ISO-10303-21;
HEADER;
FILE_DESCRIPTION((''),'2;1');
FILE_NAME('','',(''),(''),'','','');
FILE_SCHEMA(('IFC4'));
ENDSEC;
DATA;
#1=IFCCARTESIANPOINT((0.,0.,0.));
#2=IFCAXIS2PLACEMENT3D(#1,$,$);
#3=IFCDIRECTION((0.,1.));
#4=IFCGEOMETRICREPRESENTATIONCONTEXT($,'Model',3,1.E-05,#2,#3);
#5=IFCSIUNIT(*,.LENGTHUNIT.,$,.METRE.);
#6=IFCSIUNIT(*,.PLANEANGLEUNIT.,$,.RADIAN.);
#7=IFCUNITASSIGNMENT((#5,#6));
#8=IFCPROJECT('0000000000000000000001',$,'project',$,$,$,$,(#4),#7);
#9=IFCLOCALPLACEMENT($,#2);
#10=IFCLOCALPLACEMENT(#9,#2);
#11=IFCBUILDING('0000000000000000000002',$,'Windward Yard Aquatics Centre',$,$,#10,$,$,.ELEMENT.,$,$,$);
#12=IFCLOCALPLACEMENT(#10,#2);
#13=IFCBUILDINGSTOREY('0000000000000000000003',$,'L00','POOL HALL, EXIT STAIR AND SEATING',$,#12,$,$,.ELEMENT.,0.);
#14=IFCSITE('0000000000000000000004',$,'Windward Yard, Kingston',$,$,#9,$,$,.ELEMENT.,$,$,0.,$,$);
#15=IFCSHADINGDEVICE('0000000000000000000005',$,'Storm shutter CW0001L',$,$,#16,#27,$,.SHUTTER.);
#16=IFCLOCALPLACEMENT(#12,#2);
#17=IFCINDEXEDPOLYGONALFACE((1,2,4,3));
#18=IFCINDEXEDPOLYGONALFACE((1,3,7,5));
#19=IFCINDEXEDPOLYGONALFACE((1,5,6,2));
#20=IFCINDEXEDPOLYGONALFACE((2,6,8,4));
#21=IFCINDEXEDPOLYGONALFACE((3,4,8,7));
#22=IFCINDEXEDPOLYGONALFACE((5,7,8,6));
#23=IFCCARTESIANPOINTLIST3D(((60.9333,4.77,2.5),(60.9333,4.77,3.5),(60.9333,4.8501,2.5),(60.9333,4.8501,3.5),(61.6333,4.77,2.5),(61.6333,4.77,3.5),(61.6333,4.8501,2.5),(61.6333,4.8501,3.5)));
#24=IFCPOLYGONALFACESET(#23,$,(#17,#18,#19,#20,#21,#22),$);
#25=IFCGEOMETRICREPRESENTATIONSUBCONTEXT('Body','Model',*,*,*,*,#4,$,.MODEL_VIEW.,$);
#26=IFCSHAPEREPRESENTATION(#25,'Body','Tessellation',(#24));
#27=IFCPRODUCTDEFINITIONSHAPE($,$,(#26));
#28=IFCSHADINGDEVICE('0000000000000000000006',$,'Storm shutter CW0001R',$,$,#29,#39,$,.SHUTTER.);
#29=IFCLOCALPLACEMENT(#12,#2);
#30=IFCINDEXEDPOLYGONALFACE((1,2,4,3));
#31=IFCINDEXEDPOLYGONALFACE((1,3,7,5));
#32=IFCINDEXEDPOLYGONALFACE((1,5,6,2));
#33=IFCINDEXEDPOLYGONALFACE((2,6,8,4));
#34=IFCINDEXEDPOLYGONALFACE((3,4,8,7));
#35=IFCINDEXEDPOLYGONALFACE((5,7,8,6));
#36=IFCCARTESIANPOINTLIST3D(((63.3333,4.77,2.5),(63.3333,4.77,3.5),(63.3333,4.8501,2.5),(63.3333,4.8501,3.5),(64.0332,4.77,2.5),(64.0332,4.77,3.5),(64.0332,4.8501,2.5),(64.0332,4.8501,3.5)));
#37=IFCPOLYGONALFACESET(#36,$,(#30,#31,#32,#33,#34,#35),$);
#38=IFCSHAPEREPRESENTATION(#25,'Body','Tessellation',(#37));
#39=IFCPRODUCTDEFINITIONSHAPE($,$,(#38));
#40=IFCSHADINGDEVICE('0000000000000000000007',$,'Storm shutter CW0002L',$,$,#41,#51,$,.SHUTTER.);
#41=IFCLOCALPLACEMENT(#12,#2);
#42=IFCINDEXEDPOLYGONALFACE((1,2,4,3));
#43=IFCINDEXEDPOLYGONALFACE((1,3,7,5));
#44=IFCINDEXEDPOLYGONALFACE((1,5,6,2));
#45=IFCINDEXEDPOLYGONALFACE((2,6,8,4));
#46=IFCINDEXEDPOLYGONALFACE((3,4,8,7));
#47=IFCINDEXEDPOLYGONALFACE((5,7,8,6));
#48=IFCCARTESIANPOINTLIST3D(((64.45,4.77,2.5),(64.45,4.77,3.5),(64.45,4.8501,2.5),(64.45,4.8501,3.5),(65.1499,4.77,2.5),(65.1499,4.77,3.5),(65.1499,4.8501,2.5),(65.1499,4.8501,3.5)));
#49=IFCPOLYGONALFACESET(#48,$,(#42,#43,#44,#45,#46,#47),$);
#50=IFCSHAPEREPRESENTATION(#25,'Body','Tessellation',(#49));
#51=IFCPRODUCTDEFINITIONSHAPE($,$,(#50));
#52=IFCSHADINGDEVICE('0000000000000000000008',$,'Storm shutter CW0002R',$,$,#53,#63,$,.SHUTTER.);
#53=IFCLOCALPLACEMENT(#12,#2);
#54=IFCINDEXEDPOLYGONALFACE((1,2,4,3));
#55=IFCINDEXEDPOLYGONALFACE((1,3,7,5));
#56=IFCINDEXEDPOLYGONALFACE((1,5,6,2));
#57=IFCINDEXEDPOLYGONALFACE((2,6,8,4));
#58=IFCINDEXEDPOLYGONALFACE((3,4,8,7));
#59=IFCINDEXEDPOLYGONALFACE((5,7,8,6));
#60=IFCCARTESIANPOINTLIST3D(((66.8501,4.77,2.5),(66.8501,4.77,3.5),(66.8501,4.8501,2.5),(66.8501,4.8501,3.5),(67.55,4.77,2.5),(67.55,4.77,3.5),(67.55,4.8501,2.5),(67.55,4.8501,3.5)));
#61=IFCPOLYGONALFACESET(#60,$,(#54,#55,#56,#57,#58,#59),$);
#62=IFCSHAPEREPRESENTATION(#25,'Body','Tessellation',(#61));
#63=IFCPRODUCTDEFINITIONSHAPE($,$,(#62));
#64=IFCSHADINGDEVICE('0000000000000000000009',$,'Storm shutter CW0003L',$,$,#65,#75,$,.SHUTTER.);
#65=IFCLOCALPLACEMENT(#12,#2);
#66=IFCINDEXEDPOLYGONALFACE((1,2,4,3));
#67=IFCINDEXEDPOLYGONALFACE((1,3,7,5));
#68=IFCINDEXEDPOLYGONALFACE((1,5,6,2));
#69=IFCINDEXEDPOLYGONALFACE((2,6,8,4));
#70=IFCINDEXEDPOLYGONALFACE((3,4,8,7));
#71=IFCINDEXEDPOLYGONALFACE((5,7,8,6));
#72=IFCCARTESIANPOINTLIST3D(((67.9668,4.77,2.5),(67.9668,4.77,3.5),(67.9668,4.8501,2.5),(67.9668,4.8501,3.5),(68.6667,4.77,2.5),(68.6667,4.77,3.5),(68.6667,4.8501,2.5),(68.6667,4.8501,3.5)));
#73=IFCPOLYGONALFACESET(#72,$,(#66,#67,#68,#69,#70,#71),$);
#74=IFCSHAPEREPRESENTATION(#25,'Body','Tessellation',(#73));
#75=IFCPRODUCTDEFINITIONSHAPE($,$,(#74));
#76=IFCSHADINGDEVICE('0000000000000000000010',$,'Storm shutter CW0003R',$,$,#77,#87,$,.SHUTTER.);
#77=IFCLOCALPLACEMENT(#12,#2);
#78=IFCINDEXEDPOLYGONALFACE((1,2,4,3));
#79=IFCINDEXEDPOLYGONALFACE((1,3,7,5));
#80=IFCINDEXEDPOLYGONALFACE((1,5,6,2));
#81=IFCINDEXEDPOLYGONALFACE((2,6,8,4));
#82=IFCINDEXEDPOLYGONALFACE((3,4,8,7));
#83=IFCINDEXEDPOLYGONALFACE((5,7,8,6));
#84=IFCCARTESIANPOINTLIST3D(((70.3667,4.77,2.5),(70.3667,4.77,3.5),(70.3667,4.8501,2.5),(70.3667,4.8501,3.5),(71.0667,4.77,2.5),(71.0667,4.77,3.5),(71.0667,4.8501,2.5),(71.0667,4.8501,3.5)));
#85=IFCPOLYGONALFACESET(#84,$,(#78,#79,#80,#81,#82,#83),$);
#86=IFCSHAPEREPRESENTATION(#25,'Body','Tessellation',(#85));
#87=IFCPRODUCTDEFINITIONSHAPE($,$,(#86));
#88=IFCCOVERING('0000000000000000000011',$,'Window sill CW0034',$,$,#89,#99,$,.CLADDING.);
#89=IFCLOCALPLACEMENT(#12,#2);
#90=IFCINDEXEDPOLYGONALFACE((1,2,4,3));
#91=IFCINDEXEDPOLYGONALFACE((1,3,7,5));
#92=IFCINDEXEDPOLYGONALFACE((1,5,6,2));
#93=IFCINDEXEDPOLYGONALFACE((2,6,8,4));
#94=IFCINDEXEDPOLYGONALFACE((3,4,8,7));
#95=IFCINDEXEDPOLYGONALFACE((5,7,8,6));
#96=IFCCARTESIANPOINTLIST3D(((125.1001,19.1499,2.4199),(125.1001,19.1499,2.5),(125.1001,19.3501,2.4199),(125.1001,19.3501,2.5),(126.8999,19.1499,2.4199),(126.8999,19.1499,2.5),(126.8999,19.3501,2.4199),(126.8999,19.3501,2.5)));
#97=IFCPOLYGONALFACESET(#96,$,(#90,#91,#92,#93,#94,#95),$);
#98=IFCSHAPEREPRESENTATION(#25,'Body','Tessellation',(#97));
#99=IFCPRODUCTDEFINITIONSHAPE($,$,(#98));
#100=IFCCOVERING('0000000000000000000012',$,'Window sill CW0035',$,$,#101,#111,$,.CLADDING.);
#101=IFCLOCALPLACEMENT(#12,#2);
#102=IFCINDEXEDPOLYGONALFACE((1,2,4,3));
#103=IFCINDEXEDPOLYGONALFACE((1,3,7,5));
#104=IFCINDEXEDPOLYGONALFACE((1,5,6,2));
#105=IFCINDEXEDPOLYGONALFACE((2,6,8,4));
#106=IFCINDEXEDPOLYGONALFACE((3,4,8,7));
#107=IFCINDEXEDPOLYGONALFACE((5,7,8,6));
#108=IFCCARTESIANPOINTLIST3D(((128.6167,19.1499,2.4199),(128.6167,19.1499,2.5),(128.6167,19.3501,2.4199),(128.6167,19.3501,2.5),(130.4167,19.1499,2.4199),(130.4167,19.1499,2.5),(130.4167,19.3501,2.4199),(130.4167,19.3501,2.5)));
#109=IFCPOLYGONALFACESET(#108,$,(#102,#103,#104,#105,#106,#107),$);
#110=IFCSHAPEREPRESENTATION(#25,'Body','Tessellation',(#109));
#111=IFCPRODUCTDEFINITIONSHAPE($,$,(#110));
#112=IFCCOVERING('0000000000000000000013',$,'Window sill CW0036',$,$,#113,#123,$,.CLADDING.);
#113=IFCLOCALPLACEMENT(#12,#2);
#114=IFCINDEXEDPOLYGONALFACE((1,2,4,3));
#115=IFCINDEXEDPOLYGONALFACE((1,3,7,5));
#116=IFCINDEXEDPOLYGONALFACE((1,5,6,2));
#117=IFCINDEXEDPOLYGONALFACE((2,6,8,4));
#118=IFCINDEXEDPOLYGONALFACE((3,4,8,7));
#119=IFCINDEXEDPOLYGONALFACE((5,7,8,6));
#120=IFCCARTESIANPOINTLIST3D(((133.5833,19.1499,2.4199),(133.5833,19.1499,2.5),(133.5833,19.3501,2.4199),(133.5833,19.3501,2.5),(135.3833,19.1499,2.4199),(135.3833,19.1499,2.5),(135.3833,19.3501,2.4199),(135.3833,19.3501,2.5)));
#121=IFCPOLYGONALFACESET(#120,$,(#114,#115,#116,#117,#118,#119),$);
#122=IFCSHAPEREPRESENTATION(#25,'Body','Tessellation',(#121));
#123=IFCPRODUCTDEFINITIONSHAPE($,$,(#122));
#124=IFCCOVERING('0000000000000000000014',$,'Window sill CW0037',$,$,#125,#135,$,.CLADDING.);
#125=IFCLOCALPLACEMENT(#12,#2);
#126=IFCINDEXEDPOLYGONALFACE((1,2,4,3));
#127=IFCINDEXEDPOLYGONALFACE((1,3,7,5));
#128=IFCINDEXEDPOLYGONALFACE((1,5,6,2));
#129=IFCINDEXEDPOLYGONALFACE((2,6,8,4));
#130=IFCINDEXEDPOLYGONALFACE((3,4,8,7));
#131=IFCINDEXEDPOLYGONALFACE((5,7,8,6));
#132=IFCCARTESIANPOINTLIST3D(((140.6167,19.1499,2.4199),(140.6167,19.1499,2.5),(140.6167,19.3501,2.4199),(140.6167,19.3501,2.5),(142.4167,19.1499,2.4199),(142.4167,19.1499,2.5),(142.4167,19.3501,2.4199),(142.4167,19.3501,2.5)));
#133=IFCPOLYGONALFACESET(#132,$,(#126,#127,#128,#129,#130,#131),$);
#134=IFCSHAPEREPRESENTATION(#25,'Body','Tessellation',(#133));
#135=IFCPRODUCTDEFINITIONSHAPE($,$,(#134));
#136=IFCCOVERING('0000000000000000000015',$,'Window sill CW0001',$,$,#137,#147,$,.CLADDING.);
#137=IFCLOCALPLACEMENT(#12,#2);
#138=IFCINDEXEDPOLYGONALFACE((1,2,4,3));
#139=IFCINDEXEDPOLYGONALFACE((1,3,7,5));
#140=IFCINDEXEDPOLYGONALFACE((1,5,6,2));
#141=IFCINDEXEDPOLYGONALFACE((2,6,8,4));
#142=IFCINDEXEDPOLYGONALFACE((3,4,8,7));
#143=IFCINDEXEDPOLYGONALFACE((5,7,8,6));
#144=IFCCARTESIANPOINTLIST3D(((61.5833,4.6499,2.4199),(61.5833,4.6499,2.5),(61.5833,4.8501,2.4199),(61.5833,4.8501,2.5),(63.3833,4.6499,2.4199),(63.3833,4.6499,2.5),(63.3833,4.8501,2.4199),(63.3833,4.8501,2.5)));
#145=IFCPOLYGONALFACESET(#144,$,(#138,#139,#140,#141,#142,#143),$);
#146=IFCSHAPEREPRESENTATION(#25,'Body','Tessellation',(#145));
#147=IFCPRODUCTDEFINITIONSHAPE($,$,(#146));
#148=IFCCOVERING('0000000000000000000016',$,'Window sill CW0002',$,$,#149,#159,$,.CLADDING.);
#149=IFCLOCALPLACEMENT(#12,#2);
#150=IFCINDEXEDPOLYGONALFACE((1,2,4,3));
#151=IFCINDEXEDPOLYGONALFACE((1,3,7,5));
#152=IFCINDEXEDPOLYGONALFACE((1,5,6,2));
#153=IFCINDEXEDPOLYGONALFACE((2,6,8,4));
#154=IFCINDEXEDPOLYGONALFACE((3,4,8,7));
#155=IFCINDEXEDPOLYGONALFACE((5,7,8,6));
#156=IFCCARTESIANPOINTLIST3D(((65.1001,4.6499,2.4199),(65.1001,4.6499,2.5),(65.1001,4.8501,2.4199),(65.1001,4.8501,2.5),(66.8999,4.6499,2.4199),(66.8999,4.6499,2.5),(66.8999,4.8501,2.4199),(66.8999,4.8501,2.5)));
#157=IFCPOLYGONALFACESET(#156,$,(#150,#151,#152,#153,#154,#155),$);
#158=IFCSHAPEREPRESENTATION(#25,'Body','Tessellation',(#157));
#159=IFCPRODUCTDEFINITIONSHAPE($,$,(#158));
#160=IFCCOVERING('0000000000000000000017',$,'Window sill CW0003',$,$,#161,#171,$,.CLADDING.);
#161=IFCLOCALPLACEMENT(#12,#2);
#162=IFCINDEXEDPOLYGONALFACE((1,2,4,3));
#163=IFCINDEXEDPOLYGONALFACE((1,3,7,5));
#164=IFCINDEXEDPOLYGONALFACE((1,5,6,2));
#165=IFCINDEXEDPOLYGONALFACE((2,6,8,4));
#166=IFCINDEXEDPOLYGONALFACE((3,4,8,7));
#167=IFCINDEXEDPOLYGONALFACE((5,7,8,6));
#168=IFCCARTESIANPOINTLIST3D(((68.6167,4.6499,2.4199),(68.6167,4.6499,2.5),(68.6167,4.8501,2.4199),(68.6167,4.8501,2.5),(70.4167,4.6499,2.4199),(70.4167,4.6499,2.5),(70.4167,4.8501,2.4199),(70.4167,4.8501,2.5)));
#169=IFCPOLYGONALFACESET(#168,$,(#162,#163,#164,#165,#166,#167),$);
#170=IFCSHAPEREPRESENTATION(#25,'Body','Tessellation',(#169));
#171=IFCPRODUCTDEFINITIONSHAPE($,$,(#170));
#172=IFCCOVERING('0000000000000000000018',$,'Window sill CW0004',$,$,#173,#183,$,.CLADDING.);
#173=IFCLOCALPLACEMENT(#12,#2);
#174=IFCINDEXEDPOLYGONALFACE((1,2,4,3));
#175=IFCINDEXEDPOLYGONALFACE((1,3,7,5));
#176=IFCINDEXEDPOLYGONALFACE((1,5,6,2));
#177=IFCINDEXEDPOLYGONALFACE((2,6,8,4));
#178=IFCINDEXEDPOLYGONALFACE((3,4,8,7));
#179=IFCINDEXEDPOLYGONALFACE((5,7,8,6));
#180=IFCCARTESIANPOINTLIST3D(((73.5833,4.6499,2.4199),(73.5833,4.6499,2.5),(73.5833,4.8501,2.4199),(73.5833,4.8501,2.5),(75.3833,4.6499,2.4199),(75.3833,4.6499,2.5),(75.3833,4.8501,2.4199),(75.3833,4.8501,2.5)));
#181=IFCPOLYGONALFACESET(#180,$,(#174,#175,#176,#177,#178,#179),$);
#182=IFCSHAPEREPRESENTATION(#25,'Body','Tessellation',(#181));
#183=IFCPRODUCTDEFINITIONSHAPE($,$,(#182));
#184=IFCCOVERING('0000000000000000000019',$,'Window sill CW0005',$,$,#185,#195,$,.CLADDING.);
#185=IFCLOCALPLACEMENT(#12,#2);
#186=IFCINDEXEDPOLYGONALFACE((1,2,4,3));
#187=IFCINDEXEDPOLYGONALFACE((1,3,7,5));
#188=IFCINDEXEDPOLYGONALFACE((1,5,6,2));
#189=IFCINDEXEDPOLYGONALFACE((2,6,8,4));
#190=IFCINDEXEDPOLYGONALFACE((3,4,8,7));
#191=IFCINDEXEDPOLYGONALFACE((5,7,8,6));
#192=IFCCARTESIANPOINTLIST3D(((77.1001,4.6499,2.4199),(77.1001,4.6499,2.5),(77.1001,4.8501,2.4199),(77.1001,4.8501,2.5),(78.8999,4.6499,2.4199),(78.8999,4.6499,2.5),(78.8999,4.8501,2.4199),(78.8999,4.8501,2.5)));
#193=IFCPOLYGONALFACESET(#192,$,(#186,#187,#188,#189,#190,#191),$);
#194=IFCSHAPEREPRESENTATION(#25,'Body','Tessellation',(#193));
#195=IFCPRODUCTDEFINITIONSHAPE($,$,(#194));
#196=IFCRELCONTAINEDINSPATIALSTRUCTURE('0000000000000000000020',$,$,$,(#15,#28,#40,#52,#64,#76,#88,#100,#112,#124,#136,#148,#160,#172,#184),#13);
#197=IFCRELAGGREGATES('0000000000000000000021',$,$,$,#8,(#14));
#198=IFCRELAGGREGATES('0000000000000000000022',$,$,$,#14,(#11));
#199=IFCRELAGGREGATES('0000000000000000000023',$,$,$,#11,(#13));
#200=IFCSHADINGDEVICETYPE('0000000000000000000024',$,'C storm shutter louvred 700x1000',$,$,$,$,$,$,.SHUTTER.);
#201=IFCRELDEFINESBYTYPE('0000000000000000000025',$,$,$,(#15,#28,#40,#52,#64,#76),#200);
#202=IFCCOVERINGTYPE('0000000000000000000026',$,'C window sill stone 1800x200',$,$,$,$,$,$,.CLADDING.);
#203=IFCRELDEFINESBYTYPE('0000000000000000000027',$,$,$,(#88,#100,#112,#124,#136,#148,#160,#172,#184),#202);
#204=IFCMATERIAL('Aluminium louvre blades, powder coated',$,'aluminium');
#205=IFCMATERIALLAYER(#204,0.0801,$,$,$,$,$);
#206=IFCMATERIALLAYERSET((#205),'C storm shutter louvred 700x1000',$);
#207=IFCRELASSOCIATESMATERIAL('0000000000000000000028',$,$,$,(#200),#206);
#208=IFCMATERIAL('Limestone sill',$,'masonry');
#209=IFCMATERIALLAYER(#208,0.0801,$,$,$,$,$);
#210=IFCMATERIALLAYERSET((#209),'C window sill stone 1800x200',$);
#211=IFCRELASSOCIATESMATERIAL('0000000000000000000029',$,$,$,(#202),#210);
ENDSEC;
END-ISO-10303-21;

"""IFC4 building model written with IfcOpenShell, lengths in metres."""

from ifc_helpers import new_model, si_unit, direction, frame, origin, place, context, subcontext, project, spatial, polyline, outline, extrude, material, layer, layer_set, type_object, element, save


model = new_model("IFC4")

# Units and contexts
model_context = context("Model", 3, precision=1e-05, world=origin(), true_north=direction((0.0, 1.0)))
body_context = subcontext(model_context, "Body", "Model", "MODEL_VIEW")
ifc_project = project(units=[si_unit("LENGTHUNIT", "METRE"), si_unit("PLANEANGLEUNIT", "RADIAN")], contexts=[model_context])

# Site, building, storey
site_placement = place(None, origin())
site = spatial("IfcSite", under=ifc_project, at=site_placement, Name="Windward Yard, Kingston", CompositionType="ELEMENT", RefElevation=0.0)
building_placement = place(site_placement, origin())
building = spatial("IfcBuilding", under=site, at=building_placement, Name="Windward Yard Aquatics Centre", CompositionType="ELEMENT")
storey_placement = place(building_placement, origin())
storey = spatial("IfcBuildingStorey", under=building, at=storey_placement, Name="L00", Description="POOL HALL, EXIT STAIR AND SEATING", CompositionType="ELEMENT", Elevation=0.0)

# Shading devices
ifc_material_1 = material(Name="Aluminium louvre blades, powder coated", Category="aluminium")
ifc_layer_1 = layer(ifc_material_1, 0.0801)
ifc_layer_set_1 = layer_set([ifc_layer_1], Name="C storm shutter louvred 700x1000")
shading_device_type = type_object("IfcShadingDeviceType", Name="C storm shutter louvred 700x1000", PredefinedType="SHUTTER", material=ifc_layer_set_1)
shading_device_1_placement = place(storey_placement, frame((0.0, 0.0, 2.5)))
element("IfcShadingDevice", 1, at=shading_device_1_placement, inside=storey, type_object=shading_device_type, Name="Storm shutter CW0001L", PredefinedType="SHUTTER", context=body_context, shape_type="SweptSolid", body=[
    extrude(outline(polyline([(60.9333, 4.77), (60.9333, 4.8501), (61.6333, 4.8501), (61.6333, 4.77), (60.9333, 4.77)])), origin(), (0.0, 0.0, 1.0), 1.0),
])
shading_device_2_placement = place(storey_placement, frame((0.0, 0.0, 2.5)))
element("IfcShadingDevice", 2, at=shading_device_2_placement, inside=storey, type_object=shading_device_type, Name="Storm shutter CW0001R", PredefinedType="SHUTTER", context=body_context, shape_type="SweptSolid", body=[
    extrude(outline(polyline([(63.3333, 4.77), (63.3333, 4.8501), (64.0332, 4.8501), (64.0332, 4.77), (63.3333, 4.77)])), origin(), (0.0, 0.0, 1.0), 1.0),
])
shading_device_3_placement = place(storey_placement, frame((0.0, 0.0, 2.5)))
element("IfcShadingDevice", 3, at=shading_device_3_placement, inside=storey, type_object=shading_device_type, Name="Storm shutter CW0002L", PredefinedType="SHUTTER", context=body_context, shape_type="SweptSolid", body=[
    extrude(outline(polyline([(64.45, 4.77), (64.45, 4.8501), (65.1499, 4.8501), (65.1499, 4.77), (64.45, 4.77)])), origin(), (0.0, 0.0, 1.0), 1.0),
])
shading_device_4_placement = place(storey_placement, frame((0.0, 0.0, 2.5)))
element("IfcShadingDevice", 4, at=shading_device_4_placement, inside=storey, type_object=shading_device_type, Name="Storm shutter CW0002R", PredefinedType="SHUTTER", context=body_context, shape_type="SweptSolid", body=[
    extrude(outline(polyline([(66.8501, 4.77), (66.8501, 4.8501), (67.55, 4.8501), (67.55, 4.77), (66.8501, 4.77)])), origin(), (0.0, 0.0, 1.0), 1.0),
])
shading_device_5_placement = place(storey_placement, frame((0.0, 0.0, 2.5)))
element("IfcShadingDevice", 5, at=shading_device_5_placement, inside=storey, type_object=shading_device_type, Name="Storm shutter CW0003L", PredefinedType="SHUTTER", context=body_context, shape_type="SweptSolid", body=[
    extrude(outline(polyline([(67.9668, 4.77), (67.9668, 4.8501), (68.6667, 4.8501), (68.6667, 4.77), (67.9668, 4.77)])), origin(), (0.0, 0.0, 1.0), 1.0),
])
shading_device_6_placement = place(storey_placement, frame((0.0, 0.0, 2.5)))
element("IfcShadingDevice", 6, at=shading_device_6_placement, inside=storey, type_object=shading_device_type, Name="Storm shutter CW0003R", PredefinedType="SHUTTER", context=body_context, shape_type="SweptSolid", body=[
    extrude(outline(polyline([(70.3667, 4.77), (70.3667, 4.8501), (71.0667, 4.8501), (71.0667, 4.77), (70.3667, 4.77)])), origin(), (0.0, 0.0, 1.0), 1.0),
])

# Coverings
ifc_material_2 = material(Name="Limestone sill", Category="masonry")
ifc_layer_2 = layer(ifc_material_2, 0.0801)
ifc_layer_set_2 = layer_set([ifc_layer_2], Name="C window sill stone 1800x200")
covering_type = type_object("IfcCoveringType", Name="C window sill stone 1800x200", PredefinedType="CLADDING", material=ifc_layer_set_2)
covering_1_placement = place(storey_placement, frame((0.0, 0.0, 2.4199)))
element("IfcCovering", 7, at=covering_1_placement, inside=storey, type_object=covering_type, Name="Window sill CW0034", PredefinedType="CLADDING", context=body_context, shape_type="SweptSolid", body=[
    extrude(outline(polyline([(125.1001, 19.1499), (126.8999, 19.1499), (126.8999, 19.3501), (125.1001, 19.3501), (125.1001, 19.1499)])), origin(), (0.0, 0.0, 1.0), 0.0801),
])
covering_2_placement = place(storey_placement, frame((0.0, 0.0, 2.4199)))
element("IfcCovering", 8, at=covering_2_placement, inside=storey, type_object=covering_type, Name="Window sill CW0035", PredefinedType="CLADDING", context=body_context, shape_type="SweptSolid", body=[
    extrude(outline(polyline([(128.6167, 19.1499), (130.4167, 19.1499), (130.4167, 19.3501), (128.6167, 19.3501), (128.6167, 19.1499)])), origin(), (0.0, 0.0, 1.0), 0.0801),
])
covering_3_placement = place(storey_placement, frame((0.0, 0.0, 2.4199)))
element("IfcCovering", 9, at=covering_3_placement, inside=storey, type_object=covering_type, Name="Window sill CW0036", PredefinedType="CLADDING", context=body_context, shape_type="SweptSolid", body=[
    extrude(outline(polyline([(133.5833, 19.1499), (135.3833, 19.1499), (135.3833, 19.3501), (133.5833, 19.3501), (133.5833, 19.1499)])), origin(), (0.0, 0.0, 1.0), 0.0801),
])
covering_4_placement = place(storey_placement, frame((0.0, 0.0, 2.4199)))
element("IfcCovering", 10, at=covering_4_placement, inside=storey, type_object=covering_type, Name="Window sill CW0037", PredefinedType="CLADDING", context=body_context, shape_type="SweptSolid", body=[
    extrude(outline(polyline([(140.6167, 19.1499), (142.4167, 19.1499), (142.4167, 19.3501), (140.6167, 19.3501), (140.6167, 19.1499)])), origin(), (0.0, 0.0, 1.0), 0.0801),
])
covering_5_placement = place(storey_placement, frame((0.0, 0.0, 2.4199)))
element("IfcCovering", 11, at=covering_5_placement, inside=storey, type_object=covering_type, Name="Window sill CW0001", PredefinedType="CLADDING", context=body_context, shape_type="SweptSolid", body=[
    extrude(outline(polyline([(61.5833, 4.6499), (61.5833, 4.8501), (63.3833, 4.8501), (63.3833, 4.6499), (61.5833, 4.6499)])), origin(), (0.0, 0.0, 1.0), 0.0801),
])
covering_6_placement = place(storey_placement, frame((0.0, 0.0, 2.4199)))
element("IfcCovering", 12, at=covering_6_placement, inside=storey, type_object=covering_type, Name="Window sill CW0002", PredefinedType="CLADDING", context=body_context, shape_type="SweptSolid", body=[
    extrude(outline(polyline([(65.1001, 4.6499), (65.1001, 4.8501), (66.8999, 4.8501), (66.8999, 4.6499), (65.1001, 4.6499)])), origin(), (0.0, 0.0, 1.0), 0.0801),
])
covering_7_placement = place(storey_placement, frame((0.0, 0.0, 2.4199)))
element("IfcCovering", 13, at=covering_7_placement, inside=storey, type_object=covering_type, Name="Window sill CW0003", PredefinedType="CLADDING", context=body_context, shape_type="SweptSolid", body=[
    extrude(outline(polyline([(68.6167, 4.6499), (68.6167, 4.8501), (70.4167, 4.8501), (70.4167, 4.6499), (68.6167, 4.6499)])), origin(), (0.0, 0.0, 1.0), 0.0801),
])
covering_8_placement = place(storey_placement, frame((0.0, 0.0, 2.4199)))
element("IfcCovering", 14, at=covering_8_placement, inside=storey, type_object=covering_type, Name="Window sill CW0004", PredefinedType="CLADDING", context=body_context, shape_type="SweptSolid", body=[
    extrude(outline(polyline([(73.5833, 4.6499), (73.5833, 4.8501), (75.3833, 4.8501), (75.3833, 4.6499), (73.5833, 4.6499)])), origin(), (0.0, 0.0, 1.0), 0.0801),
])
covering_9_placement = place(storey_placement, frame((0.0, 0.0, 2.4199)))
element("IfcCovering", 15, at=covering_9_placement, inside=storey, type_object=covering_type, Name="Window sill CW0005", PredefinedType="CLADDING", context=body_context, shape_type="SweptSolid", body=[
    extrude(outline(polyline([(77.1001, 4.6499), (77.1001, 4.8501), (78.8999, 4.8501), (78.8999, 4.6499), (77.1001, 4.6499)])), origin(), (0.0, 0.0, 1.0), 0.0801),
])

save(model, "model.ifc")
